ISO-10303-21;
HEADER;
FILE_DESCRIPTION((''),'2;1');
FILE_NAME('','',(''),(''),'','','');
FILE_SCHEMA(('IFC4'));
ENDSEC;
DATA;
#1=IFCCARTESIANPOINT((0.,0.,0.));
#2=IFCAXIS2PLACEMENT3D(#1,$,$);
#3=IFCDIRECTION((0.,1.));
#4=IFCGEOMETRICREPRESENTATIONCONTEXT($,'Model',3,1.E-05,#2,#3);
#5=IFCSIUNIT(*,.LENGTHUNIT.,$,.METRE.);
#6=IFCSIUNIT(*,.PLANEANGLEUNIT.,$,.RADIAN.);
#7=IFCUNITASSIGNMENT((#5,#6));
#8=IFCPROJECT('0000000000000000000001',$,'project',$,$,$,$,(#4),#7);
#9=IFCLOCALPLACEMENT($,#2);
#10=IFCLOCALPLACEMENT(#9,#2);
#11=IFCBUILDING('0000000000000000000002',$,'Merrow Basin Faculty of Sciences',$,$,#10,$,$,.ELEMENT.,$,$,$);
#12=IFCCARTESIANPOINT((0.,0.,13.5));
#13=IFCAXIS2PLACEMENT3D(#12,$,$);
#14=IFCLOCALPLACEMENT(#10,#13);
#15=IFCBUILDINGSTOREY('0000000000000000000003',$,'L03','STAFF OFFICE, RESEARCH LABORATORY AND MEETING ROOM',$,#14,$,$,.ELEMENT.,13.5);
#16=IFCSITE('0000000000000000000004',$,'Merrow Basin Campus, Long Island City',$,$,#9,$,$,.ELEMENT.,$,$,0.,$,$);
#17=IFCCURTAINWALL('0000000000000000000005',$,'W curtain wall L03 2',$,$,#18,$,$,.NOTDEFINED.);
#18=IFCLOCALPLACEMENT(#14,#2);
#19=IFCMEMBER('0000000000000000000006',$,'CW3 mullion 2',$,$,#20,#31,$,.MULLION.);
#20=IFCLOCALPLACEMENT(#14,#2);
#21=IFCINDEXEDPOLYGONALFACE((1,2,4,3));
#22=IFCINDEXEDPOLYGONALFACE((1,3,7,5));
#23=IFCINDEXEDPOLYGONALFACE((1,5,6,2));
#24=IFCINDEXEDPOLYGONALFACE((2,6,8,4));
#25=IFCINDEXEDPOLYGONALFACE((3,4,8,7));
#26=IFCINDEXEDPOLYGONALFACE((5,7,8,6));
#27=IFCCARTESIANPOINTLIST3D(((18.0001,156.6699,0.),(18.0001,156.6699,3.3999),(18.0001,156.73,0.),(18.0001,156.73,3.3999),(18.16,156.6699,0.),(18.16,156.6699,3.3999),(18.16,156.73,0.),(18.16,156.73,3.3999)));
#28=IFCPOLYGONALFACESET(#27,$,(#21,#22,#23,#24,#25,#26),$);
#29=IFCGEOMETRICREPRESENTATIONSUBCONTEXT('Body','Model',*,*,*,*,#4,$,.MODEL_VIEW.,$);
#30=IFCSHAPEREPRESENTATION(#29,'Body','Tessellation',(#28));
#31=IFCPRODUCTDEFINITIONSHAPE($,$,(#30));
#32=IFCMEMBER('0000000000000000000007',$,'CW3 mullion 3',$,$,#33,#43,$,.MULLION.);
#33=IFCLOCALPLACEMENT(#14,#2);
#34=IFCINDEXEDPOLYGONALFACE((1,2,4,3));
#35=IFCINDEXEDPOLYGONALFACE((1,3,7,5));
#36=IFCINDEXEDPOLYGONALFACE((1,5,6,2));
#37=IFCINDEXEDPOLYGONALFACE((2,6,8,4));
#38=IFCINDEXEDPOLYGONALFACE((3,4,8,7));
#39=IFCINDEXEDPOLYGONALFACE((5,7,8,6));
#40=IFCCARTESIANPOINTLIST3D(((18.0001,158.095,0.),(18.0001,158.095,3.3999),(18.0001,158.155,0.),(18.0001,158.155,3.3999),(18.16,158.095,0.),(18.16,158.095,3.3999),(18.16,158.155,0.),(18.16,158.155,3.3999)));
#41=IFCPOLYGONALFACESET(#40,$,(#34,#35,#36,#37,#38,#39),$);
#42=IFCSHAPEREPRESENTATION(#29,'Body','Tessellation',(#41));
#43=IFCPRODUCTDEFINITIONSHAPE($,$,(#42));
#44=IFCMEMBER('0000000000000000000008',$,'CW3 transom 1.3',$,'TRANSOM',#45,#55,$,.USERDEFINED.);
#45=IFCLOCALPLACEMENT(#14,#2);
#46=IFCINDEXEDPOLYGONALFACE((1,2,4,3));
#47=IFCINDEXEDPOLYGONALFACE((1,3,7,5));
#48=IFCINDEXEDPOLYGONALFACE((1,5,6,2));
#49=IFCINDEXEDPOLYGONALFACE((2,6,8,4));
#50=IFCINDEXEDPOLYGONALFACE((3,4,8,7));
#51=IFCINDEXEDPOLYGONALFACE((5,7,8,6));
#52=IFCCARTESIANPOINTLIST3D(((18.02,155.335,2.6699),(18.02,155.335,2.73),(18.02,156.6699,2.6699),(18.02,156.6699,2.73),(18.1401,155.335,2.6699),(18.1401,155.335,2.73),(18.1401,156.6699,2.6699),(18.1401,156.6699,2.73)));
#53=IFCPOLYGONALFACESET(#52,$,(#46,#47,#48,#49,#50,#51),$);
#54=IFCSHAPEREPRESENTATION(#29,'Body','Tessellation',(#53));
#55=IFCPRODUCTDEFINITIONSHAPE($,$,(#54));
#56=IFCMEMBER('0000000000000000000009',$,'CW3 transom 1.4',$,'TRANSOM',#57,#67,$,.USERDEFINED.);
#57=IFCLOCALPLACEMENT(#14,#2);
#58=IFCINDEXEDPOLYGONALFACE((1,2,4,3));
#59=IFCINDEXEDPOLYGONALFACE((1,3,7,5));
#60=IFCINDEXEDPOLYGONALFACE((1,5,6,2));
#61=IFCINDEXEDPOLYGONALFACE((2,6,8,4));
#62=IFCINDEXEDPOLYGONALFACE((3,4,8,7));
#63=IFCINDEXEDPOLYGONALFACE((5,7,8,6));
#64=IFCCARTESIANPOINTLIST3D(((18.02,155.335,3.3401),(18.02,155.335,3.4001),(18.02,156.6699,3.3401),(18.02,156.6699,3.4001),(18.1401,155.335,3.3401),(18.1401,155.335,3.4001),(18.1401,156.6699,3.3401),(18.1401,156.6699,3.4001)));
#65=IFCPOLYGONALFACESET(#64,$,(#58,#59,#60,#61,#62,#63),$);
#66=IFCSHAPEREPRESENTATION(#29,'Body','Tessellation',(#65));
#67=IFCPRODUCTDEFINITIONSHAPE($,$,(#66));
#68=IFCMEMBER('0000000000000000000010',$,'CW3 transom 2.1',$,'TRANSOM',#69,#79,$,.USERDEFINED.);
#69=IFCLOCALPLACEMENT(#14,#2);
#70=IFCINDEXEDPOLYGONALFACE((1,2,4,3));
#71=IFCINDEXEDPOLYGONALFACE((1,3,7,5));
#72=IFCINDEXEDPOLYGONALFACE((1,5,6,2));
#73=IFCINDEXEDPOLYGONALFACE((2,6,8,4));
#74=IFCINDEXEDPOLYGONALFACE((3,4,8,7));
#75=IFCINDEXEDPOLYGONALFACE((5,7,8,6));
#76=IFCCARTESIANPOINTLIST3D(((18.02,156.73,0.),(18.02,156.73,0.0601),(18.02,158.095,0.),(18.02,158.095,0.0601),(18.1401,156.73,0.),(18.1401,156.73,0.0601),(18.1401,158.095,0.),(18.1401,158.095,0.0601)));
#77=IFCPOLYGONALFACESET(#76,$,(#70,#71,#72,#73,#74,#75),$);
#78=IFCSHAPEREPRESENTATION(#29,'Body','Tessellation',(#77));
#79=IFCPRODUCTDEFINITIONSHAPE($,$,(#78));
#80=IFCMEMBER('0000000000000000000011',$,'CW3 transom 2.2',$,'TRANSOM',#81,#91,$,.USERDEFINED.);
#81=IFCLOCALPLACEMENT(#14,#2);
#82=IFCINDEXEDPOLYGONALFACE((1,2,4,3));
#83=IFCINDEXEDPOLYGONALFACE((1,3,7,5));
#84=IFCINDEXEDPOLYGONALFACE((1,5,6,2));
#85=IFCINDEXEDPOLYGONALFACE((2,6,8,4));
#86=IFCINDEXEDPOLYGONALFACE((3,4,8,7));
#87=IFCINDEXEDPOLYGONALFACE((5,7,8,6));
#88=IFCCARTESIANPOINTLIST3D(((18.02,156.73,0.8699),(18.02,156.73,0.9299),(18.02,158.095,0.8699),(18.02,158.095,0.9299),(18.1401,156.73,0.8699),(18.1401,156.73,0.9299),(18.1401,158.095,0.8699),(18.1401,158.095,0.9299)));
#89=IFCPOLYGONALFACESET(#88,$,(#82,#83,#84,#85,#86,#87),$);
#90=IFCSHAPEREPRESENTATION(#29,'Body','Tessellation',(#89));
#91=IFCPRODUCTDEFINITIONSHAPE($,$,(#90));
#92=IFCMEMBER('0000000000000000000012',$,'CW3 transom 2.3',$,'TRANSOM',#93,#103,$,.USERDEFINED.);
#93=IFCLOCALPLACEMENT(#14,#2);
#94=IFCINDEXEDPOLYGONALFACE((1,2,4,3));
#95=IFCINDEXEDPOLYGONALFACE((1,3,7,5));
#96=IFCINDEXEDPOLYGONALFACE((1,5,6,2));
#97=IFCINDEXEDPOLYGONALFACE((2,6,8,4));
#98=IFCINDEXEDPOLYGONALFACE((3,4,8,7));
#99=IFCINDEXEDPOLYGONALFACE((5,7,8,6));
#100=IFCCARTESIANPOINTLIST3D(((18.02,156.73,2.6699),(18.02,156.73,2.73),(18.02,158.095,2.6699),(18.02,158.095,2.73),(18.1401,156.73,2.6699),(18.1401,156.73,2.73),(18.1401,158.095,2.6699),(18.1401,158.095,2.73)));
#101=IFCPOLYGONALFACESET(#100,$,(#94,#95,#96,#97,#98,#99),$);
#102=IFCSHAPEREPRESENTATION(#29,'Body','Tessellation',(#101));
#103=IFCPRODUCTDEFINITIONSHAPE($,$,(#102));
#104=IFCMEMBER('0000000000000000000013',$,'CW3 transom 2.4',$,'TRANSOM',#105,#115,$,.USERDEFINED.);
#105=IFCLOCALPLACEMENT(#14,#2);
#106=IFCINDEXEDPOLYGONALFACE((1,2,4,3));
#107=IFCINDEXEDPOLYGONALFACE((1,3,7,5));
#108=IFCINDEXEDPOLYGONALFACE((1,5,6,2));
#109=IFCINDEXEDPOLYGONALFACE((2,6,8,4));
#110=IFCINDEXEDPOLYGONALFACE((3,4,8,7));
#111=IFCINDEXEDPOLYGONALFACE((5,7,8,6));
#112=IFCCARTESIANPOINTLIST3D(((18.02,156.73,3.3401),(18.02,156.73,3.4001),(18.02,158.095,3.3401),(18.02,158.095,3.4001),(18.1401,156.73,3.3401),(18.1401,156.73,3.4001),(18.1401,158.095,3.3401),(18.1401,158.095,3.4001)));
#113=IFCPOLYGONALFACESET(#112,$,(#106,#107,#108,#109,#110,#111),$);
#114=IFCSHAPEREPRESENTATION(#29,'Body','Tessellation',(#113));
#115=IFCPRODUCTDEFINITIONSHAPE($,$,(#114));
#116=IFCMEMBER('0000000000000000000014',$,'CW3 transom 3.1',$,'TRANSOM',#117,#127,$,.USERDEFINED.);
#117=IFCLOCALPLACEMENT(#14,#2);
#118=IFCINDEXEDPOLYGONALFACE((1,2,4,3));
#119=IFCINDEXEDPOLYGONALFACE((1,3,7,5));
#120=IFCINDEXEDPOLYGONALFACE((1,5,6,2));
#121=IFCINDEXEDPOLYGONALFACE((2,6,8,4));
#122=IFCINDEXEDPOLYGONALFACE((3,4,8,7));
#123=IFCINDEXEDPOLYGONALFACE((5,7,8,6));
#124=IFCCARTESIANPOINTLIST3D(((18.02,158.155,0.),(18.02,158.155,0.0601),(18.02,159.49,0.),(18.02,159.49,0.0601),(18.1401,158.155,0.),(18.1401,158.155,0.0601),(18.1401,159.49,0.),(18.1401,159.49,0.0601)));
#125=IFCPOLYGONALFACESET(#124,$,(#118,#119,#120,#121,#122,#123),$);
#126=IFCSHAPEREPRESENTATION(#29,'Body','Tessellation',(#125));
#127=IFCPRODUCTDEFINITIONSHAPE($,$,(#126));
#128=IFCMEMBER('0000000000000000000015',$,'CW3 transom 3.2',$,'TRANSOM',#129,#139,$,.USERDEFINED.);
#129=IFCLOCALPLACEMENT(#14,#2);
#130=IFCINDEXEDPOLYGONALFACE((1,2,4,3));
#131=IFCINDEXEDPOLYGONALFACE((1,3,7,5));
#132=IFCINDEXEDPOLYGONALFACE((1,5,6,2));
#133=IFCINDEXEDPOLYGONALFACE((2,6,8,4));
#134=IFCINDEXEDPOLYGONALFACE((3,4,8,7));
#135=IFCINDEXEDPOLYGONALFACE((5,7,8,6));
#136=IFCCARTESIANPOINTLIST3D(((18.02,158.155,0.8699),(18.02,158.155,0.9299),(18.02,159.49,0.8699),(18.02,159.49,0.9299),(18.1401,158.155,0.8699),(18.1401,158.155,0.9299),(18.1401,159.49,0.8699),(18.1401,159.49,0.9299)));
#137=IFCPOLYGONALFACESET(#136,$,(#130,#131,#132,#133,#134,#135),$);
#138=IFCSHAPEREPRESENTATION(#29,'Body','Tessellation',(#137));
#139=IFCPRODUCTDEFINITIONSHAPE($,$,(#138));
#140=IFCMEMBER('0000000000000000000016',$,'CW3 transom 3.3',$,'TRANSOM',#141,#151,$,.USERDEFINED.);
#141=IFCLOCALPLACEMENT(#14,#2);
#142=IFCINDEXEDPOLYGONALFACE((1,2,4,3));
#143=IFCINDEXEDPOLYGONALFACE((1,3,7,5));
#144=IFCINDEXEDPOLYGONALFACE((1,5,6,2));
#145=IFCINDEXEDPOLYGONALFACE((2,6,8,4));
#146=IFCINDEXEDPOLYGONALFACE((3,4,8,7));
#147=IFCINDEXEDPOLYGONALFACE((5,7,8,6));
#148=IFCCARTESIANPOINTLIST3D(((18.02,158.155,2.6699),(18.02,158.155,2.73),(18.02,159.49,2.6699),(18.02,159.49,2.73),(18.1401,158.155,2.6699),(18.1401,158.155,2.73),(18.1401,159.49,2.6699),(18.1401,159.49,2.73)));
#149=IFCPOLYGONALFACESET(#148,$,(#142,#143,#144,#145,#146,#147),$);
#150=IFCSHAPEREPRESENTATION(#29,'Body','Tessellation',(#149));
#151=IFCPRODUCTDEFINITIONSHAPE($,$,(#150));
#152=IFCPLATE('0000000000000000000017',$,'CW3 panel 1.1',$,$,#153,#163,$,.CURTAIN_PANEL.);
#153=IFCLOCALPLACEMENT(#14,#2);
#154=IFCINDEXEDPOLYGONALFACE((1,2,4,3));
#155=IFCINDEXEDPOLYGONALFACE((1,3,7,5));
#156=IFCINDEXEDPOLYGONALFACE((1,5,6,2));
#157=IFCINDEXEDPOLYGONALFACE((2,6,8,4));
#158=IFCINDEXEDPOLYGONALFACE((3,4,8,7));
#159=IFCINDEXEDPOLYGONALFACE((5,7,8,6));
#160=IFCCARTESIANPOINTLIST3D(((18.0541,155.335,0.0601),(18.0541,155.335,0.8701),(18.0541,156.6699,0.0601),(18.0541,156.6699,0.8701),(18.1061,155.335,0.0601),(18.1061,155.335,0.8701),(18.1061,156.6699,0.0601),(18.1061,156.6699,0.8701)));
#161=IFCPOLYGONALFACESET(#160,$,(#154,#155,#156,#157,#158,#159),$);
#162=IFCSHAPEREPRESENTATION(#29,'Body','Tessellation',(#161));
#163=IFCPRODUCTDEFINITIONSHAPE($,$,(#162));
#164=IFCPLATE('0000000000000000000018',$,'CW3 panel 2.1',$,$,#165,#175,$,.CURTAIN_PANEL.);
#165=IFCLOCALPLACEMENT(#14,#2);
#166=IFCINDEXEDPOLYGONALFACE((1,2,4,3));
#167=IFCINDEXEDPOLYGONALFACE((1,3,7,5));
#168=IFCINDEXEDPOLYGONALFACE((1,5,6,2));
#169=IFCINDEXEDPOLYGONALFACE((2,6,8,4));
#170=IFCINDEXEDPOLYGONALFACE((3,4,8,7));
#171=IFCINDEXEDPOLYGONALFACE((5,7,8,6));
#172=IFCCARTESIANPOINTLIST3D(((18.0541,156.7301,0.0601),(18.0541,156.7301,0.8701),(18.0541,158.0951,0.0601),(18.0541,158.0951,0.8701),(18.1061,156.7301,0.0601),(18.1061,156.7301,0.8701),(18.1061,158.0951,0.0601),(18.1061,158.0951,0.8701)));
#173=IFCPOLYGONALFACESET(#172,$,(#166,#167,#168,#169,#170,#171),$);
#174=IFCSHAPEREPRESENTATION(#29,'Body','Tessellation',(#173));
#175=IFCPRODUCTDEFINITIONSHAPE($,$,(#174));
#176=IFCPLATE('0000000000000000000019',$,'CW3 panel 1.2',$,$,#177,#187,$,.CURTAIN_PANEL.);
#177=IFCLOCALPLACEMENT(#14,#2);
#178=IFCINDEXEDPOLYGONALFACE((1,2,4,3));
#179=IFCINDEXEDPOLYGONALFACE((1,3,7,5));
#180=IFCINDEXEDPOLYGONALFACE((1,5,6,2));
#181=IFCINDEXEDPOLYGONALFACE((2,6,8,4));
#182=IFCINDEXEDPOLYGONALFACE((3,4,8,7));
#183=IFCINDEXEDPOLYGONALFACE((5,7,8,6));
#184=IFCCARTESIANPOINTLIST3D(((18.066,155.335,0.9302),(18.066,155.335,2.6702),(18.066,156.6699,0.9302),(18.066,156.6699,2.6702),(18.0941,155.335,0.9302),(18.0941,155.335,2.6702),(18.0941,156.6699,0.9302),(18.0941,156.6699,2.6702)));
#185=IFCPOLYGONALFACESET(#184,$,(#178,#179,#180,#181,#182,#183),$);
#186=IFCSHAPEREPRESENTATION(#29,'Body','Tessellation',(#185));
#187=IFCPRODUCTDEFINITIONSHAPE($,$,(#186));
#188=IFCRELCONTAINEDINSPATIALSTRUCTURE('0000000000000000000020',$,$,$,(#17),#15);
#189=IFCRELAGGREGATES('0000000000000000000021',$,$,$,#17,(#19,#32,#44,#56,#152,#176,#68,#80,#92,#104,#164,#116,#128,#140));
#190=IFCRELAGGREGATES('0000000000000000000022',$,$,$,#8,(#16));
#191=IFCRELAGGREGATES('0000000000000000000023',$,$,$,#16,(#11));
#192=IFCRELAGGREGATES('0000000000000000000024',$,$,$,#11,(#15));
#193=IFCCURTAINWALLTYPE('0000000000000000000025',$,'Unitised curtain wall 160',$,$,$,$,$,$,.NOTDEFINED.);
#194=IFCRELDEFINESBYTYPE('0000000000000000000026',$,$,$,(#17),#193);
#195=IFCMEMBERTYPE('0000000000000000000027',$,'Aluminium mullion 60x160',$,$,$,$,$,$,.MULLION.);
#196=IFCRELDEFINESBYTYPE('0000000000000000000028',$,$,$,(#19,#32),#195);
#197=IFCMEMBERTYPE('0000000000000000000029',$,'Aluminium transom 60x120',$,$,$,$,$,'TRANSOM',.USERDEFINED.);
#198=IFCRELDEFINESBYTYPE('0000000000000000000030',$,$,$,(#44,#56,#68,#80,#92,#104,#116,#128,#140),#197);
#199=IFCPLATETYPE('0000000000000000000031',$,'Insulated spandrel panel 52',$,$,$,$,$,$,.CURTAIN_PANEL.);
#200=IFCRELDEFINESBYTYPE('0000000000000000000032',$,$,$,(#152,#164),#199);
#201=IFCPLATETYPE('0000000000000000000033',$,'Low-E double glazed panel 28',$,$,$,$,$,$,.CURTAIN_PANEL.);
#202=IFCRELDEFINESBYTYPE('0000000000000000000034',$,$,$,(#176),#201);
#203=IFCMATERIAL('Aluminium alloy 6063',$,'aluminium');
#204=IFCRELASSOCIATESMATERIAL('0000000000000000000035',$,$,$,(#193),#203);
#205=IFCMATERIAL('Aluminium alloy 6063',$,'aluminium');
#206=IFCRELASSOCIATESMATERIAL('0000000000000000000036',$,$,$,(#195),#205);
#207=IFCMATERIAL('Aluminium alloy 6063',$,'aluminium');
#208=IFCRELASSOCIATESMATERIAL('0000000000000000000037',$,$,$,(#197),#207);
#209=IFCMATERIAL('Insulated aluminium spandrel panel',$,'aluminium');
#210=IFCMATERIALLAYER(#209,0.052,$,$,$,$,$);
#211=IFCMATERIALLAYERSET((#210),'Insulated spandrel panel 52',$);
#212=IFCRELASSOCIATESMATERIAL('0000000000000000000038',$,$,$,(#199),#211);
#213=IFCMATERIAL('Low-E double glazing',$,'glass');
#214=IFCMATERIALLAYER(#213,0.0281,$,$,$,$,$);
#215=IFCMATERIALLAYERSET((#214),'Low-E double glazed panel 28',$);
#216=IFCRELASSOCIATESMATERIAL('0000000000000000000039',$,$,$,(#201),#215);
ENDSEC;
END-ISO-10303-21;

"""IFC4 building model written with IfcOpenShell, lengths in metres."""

from ifc_helpers import new_model, si_unit, direction, frame, origin, origin_2d, place, context, subcontext, project, spatial, rectangle, extrude, material, layer, layer_set, material_profile, profile_set, type_object, element, aggregate, save


model = new_model("IFC4")

# Units and contexts
model_context = context("Model", 3, precision=1e-05, world=origin(), true_north=direction((0.0, 1.0)))
body_context = subcontext(model_context, "Body", "Model", "MODEL_VIEW")
ifc_project = project(units=[si_unit("LENGTHUNIT", "METRE"), si_unit("PLANEANGLEUNIT", "RADIAN")], contexts=[model_context])

# Site, building, storey
site_placement = place(None, origin())
site = spatial("IfcSite", under=ifc_project, at=site_placement, Name="Merrow Basin Campus, Long Island City", CompositionType="ELEMENT", RefElevation=0.0)
building_placement = place(site_placement, origin())
building = spatial("IfcBuilding", under=site, at=building_placement, Name="Merrow Basin Faculty of Sciences", CompositionType="ELEMENT")
storey_placement = place(building_placement, frame((0.0, 0.0, 13.5)))
storey = spatial("IfcBuildingStorey", under=building, at=storey_placement, Name="L03", Description="STAFF OFFICE, RESEARCH LABORATORY AND MEETING ROOM", CompositionType="ELEMENT", Elevation=13.5)

# Curtain wall, members, plates
ifc_material_1 = material(Name="Aluminium alloy 6063", Category="aluminium")
curtain_wall_type = type_object("IfcCurtainWallType", Name="Unitised curtain wall 160", PredefinedType="NOTDEFINED", material=ifc_material_1)
curtain_wall_placement = place(storey_placement, origin())
curtain_wall = element("IfcCurtainWall", 1, at=curtain_wall_placement, inside=storey, type_object=curtain_wall_type, Name="W curtain wall L03 2", PredefinedType="NOTDEFINED")
ifc_material_2 = material(Name="Aluminium alloy 6063", Category="aluminium")
ifc_material_profile_1 = material_profile(ifc_material_2, rectangle(XDim=0.1599, YDim=0.0601, at=origin_2d()))
ifc_profile_set_1 = profile_set([ifc_material_profile_1], Name="Aluminium alloy 6063")
member_type_1 = type_object("IfcMemberType", Name="Aluminium mullion 60x160", PredefinedType="MULLION", material=ifc_profile_set_1)
member_1_placement = place(storey_placement, frame((18.0801, 156.7, 0.0), z_axis=(0.0, 0.0, 1.0), x_axis=(-1.0, 0.0, 0.0)))
member_1 = element("IfcMember", 2, at=member_1_placement, type_object=member_type_1, Name="CW3 mullion 2", PredefinedType="MULLION", context=body_context, shape_type="SweptSolid", body=[
    extrude(rectangle(XDim=0.1599, YDim=0.0601, at=origin_2d()), origin(), (0.0, 0.0, 1.0), 3.3999),
])
member_2_placement = place(storey_placement, frame((18.0801, 158.125, 0.0), z_axis=(0.0, 0.0, 1.0), x_axis=(-1.0, 0.0, 0.0)))
member_2 = element("IfcMember", 3, at=member_2_placement, type_object=member_type_1, Name="CW3 mullion 3", PredefinedType="MULLION", context=body_context, shape_type="SweptSolid", body=[
    extrude(rectangle(XDim=0.1599, YDim=0.0601, at=origin_2d()), origin(), (0.0, 0.0, 1.0), 3.3999),
])
ifc_material_3 = material(Name="Aluminium alloy 6063", Category="aluminium")
ifc_material_profile_2 = material_profile(ifc_material_3, rectangle(XDim=0.1201, YDim=0.0601, at=origin_2d()))
ifc_profile_set_2 = profile_set([ifc_material_profile_2], Name="Aluminium alloy 6063")
member_type_2 = type_object("IfcMemberType", Name="Aluminium transom 60x120", ElementType="TRANSOM", PredefinedType="USERDEFINED", material=ifc_profile_set_2)
member_3_placement = place(storey_placement, frame((18.0801, 155.335, 2.7), z_axis=(0.0, 1.0, 0.0), x_axis=(-1.0, 0.0, 0.0)))
member_3 = element("IfcMember", 4, at=member_3_placement, type_object=member_type_2, Name="CW3 transom 1.3", ObjectType="TRANSOM", PredefinedType="USERDEFINED", context=body_context, shape_type="SweptSolid", body=[
    extrude(rectangle(XDim=0.1201, YDim=0.0601, at=origin_2d()), origin(), (0.0, 0.0, 1.0), 1.335),
])
member_4_placement = place(storey_placement, frame((18.0801, 155.335, 3.3701), z_axis=(0.0, 1.0, 0.0), x_axis=(-1.0, 0.0, 0.0)))
member_4 = element("IfcMember", 5, at=member_4_placement, type_object=member_type_2, Name="CW3 transom 1.4", ObjectType="TRANSOM", PredefinedType="USERDEFINED", context=body_context, shape_type="SweptSolid", body=[
    extrude(rectangle(XDim=0.1201, YDim=0.0601, at=origin_2d()), origin(), (0.0, 0.0, 1.0), 1.335),
])
member_5_placement = place(storey_placement, frame((18.0801, 156.73, 0.03), z_axis=(0.0, 1.0, 0.0), x_axis=(-1.0, 0.0, 0.0)))
member_5 = element("IfcMember", 6, at=member_5_placement, type_object=member_type_2, Name="CW3 transom 2.1", ObjectType="TRANSOM", PredefinedType="USERDEFINED", context=body_context, shape_type="SweptSolid", body=[
    extrude(rectangle(XDim=0.1201, YDim=0.0601, at=origin_2d()), origin(), (0.0, 0.0, 1.0), 1.365),
])
member_6_placement = place(storey_placement, frame((18.0801, 156.73, 0.8999), z_axis=(0.0, 1.0, 0.0), x_axis=(-1.0, 0.0, 0.0)))
member_6 = element("IfcMember", 7, at=member_6_placement, type_object=member_type_2, Name="CW3 transom 2.2", ObjectType="TRANSOM", PredefinedType="USERDEFINED", context=body_context, shape_type="SweptSolid", body=[
    extrude(rectangle(XDim=0.1201, YDim=0.0601, at=origin_2d()), origin(), (0.0, 0.0, 1.0), 1.365),
])
member_7_placement = place(storey_placement, frame((18.0801, 156.73, 2.7), z_axis=(0.0, 1.0, 0.0), x_axis=(-1.0, 0.0, 0.0)))
member_7 = element("IfcMember", 8, at=member_7_placement, type_object=member_type_2, Name="CW3 transom 2.3", ObjectType="TRANSOM", PredefinedType="USERDEFINED", context=body_context, shape_type="SweptSolid", body=[
    extrude(rectangle(XDim=0.1201, YDim=0.0601, at=origin_2d()), origin(), (0.0, 0.0, 1.0), 1.365),
])
member_8_placement = place(storey_placement, frame((18.0801, 156.73, 3.3701), z_axis=(0.0, 1.0, 0.0), x_axis=(-1.0, 0.0, 0.0)))
member_8 = element("IfcMember", 9, at=member_8_placement, type_object=member_type_2, Name="CW3 transom 2.4", ObjectType="TRANSOM", PredefinedType="USERDEFINED", context=body_context, shape_type="SweptSolid", body=[
    extrude(rectangle(XDim=0.1201, YDim=0.0601, at=origin_2d()), origin(), (0.0, 0.0, 1.0), 1.365),
])
member_9_placement = place(storey_placement, frame((18.0801, 158.155, 0.03), z_axis=(0.0, 1.0, 0.0), x_axis=(-1.0, 0.0, 0.0)))
member_9 = element("IfcMember", 10, at=member_9_placement, type_object=member_type_2, Name="CW3 transom 3.1", ObjectType="TRANSOM", PredefinedType="USERDEFINED", context=body_context, shape_type="SweptSolid", body=[
    extrude(rectangle(XDim=0.1201, YDim=0.0601, at=origin_2d()), origin(), (0.0, 0.0, 1.0), 1.335),
])
member_10_placement = place(storey_placement, frame((18.0801, 158.155, 0.8999), z_axis=(0.0, 1.0, 0.0), x_axis=(-1.0, 0.0, 0.0)))
member_10 = element("IfcMember", 11, at=member_10_placement, type_object=member_type_2, Name="CW3 transom 3.2", ObjectType="TRANSOM", PredefinedType="USERDEFINED", context=body_context, shape_type="SweptSolid", body=[
    extrude(rectangle(XDim=0.1201, YDim=0.0601, at=origin_2d()), origin(), (0.0, 0.0, 1.0), 1.335),
])
member_11_placement = place(storey_placement, frame((18.0801, 158.155, 2.7), z_axis=(0.0, 1.0, 0.0), x_axis=(-1.0, 0.0, 0.0)))
member_11 = element("IfcMember", 12, at=member_11_placement, type_object=member_type_2, Name="CW3 transom 3.3", ObjectType="TRANSOM", PredefinedType="USERDEFINED", context=body_context, shape_type="SweptSolid", body=[
    extrude(rectangle(XDim=0.1201, YDim=0.0601, at=origin_2d()), origin(), (0.0, 0.0, 1.0), 1.335),
])
ifc_material_4 = material(Name="Insulated aluminium spandrel panel", Category="aluminium")
ifc_layer_1 = layer(ifc_material_4, 0.052)
ifc_layer_set_1 = layer_set([ifc_layer_1], Name="Insulated spandrel panel 52")
plate_type_1 = type_object("IfcPlateType", Name="Insulated spandrel panel 52", PredefinedType="CURTAIN_PANEL", material=ifc_layer_set_1)
plate_1_placement = place(storey_placement, frame((18.0801, 156.0024, 0.0601), z_axis=(0.0, 0.0, 1.0), x_axis=(0.0, 1.0, 0.0)))
plate_1 = element("IfcPlate", 13, at=plate_1_placement, type_object=plate_type_1, Name="CW3 panel 1.1", PredefinedType="CURTAIN_PANEL", context=body_context, shape_type="SweptSolid", body=[
    extrude(rectangle(XDim=1.335, YDim=0.052, at=origin_2d()), origin(), (0.0, 0.0, 1.0), 0.8101),
])
plate_2_placement = place(storey_placement, frame((18.0801, 157.4126, 0.0601), z_axis=(0.0, 0.0, 1.0), x_axis=(0.0, 1.0, 0.0)))
plate_2 = element("IfcPlate", 14, at=plate_2_placement, type_object=plate_type_1, Name="CW3 panel 2.1", PredefinedType="CURTAIN_PANEL", context=body_context, shape_type="SweptSolid", body=[
    extrude(rectangle(XDim=1.365, YDim=0.052, at=origin_2d()), origin(), (0.0, 0.0, 1.0), 0.8101),
])
ifc_material_5 = material(Name="Low-E double glazing", Category="glass")
ifc_layer_2 = layer(ifc_material_5, 0.0281)
ifc_layer_set_2 = layer_set([ifc_layer_2], Name="Low-E double glazed panel 28")
plate_type_2 = type_object("IfcPlateType", Name="Low-E double glazed panel 28", PredefinedType="CURTAIN_PANEL", material=ifc_layer_set_2)
plate_3_placement = place(storey_placement, frame((18.0801, 156.0024, 0.9302), z_axis=(0.0, 0.0, 1.0), x_axis=(0.0, 1.0, 0.0)))
plate_3 = element("IfcPlate", 15, at=plate_3_placement, type_object=plate_type_2, Name="CW3 panel 1.2", PredefinedType="CURTAIN_PANEL", context=body_context, shape_type="SweptSolid", body=[
    extrude(rectangle(XDim=1.335, YDim=0.0281, at=origin_2d()), origin(), (0.0, 0.0, 1.0), 1.74),
])
aggregate(curtain_wall, [member_1, member_2, member_3, member_4, plate_1, plate_3, member_5, member_6, member_7, member_8, plate_2, member_9, member_10, member_11])

save(model, "model.ifc")
